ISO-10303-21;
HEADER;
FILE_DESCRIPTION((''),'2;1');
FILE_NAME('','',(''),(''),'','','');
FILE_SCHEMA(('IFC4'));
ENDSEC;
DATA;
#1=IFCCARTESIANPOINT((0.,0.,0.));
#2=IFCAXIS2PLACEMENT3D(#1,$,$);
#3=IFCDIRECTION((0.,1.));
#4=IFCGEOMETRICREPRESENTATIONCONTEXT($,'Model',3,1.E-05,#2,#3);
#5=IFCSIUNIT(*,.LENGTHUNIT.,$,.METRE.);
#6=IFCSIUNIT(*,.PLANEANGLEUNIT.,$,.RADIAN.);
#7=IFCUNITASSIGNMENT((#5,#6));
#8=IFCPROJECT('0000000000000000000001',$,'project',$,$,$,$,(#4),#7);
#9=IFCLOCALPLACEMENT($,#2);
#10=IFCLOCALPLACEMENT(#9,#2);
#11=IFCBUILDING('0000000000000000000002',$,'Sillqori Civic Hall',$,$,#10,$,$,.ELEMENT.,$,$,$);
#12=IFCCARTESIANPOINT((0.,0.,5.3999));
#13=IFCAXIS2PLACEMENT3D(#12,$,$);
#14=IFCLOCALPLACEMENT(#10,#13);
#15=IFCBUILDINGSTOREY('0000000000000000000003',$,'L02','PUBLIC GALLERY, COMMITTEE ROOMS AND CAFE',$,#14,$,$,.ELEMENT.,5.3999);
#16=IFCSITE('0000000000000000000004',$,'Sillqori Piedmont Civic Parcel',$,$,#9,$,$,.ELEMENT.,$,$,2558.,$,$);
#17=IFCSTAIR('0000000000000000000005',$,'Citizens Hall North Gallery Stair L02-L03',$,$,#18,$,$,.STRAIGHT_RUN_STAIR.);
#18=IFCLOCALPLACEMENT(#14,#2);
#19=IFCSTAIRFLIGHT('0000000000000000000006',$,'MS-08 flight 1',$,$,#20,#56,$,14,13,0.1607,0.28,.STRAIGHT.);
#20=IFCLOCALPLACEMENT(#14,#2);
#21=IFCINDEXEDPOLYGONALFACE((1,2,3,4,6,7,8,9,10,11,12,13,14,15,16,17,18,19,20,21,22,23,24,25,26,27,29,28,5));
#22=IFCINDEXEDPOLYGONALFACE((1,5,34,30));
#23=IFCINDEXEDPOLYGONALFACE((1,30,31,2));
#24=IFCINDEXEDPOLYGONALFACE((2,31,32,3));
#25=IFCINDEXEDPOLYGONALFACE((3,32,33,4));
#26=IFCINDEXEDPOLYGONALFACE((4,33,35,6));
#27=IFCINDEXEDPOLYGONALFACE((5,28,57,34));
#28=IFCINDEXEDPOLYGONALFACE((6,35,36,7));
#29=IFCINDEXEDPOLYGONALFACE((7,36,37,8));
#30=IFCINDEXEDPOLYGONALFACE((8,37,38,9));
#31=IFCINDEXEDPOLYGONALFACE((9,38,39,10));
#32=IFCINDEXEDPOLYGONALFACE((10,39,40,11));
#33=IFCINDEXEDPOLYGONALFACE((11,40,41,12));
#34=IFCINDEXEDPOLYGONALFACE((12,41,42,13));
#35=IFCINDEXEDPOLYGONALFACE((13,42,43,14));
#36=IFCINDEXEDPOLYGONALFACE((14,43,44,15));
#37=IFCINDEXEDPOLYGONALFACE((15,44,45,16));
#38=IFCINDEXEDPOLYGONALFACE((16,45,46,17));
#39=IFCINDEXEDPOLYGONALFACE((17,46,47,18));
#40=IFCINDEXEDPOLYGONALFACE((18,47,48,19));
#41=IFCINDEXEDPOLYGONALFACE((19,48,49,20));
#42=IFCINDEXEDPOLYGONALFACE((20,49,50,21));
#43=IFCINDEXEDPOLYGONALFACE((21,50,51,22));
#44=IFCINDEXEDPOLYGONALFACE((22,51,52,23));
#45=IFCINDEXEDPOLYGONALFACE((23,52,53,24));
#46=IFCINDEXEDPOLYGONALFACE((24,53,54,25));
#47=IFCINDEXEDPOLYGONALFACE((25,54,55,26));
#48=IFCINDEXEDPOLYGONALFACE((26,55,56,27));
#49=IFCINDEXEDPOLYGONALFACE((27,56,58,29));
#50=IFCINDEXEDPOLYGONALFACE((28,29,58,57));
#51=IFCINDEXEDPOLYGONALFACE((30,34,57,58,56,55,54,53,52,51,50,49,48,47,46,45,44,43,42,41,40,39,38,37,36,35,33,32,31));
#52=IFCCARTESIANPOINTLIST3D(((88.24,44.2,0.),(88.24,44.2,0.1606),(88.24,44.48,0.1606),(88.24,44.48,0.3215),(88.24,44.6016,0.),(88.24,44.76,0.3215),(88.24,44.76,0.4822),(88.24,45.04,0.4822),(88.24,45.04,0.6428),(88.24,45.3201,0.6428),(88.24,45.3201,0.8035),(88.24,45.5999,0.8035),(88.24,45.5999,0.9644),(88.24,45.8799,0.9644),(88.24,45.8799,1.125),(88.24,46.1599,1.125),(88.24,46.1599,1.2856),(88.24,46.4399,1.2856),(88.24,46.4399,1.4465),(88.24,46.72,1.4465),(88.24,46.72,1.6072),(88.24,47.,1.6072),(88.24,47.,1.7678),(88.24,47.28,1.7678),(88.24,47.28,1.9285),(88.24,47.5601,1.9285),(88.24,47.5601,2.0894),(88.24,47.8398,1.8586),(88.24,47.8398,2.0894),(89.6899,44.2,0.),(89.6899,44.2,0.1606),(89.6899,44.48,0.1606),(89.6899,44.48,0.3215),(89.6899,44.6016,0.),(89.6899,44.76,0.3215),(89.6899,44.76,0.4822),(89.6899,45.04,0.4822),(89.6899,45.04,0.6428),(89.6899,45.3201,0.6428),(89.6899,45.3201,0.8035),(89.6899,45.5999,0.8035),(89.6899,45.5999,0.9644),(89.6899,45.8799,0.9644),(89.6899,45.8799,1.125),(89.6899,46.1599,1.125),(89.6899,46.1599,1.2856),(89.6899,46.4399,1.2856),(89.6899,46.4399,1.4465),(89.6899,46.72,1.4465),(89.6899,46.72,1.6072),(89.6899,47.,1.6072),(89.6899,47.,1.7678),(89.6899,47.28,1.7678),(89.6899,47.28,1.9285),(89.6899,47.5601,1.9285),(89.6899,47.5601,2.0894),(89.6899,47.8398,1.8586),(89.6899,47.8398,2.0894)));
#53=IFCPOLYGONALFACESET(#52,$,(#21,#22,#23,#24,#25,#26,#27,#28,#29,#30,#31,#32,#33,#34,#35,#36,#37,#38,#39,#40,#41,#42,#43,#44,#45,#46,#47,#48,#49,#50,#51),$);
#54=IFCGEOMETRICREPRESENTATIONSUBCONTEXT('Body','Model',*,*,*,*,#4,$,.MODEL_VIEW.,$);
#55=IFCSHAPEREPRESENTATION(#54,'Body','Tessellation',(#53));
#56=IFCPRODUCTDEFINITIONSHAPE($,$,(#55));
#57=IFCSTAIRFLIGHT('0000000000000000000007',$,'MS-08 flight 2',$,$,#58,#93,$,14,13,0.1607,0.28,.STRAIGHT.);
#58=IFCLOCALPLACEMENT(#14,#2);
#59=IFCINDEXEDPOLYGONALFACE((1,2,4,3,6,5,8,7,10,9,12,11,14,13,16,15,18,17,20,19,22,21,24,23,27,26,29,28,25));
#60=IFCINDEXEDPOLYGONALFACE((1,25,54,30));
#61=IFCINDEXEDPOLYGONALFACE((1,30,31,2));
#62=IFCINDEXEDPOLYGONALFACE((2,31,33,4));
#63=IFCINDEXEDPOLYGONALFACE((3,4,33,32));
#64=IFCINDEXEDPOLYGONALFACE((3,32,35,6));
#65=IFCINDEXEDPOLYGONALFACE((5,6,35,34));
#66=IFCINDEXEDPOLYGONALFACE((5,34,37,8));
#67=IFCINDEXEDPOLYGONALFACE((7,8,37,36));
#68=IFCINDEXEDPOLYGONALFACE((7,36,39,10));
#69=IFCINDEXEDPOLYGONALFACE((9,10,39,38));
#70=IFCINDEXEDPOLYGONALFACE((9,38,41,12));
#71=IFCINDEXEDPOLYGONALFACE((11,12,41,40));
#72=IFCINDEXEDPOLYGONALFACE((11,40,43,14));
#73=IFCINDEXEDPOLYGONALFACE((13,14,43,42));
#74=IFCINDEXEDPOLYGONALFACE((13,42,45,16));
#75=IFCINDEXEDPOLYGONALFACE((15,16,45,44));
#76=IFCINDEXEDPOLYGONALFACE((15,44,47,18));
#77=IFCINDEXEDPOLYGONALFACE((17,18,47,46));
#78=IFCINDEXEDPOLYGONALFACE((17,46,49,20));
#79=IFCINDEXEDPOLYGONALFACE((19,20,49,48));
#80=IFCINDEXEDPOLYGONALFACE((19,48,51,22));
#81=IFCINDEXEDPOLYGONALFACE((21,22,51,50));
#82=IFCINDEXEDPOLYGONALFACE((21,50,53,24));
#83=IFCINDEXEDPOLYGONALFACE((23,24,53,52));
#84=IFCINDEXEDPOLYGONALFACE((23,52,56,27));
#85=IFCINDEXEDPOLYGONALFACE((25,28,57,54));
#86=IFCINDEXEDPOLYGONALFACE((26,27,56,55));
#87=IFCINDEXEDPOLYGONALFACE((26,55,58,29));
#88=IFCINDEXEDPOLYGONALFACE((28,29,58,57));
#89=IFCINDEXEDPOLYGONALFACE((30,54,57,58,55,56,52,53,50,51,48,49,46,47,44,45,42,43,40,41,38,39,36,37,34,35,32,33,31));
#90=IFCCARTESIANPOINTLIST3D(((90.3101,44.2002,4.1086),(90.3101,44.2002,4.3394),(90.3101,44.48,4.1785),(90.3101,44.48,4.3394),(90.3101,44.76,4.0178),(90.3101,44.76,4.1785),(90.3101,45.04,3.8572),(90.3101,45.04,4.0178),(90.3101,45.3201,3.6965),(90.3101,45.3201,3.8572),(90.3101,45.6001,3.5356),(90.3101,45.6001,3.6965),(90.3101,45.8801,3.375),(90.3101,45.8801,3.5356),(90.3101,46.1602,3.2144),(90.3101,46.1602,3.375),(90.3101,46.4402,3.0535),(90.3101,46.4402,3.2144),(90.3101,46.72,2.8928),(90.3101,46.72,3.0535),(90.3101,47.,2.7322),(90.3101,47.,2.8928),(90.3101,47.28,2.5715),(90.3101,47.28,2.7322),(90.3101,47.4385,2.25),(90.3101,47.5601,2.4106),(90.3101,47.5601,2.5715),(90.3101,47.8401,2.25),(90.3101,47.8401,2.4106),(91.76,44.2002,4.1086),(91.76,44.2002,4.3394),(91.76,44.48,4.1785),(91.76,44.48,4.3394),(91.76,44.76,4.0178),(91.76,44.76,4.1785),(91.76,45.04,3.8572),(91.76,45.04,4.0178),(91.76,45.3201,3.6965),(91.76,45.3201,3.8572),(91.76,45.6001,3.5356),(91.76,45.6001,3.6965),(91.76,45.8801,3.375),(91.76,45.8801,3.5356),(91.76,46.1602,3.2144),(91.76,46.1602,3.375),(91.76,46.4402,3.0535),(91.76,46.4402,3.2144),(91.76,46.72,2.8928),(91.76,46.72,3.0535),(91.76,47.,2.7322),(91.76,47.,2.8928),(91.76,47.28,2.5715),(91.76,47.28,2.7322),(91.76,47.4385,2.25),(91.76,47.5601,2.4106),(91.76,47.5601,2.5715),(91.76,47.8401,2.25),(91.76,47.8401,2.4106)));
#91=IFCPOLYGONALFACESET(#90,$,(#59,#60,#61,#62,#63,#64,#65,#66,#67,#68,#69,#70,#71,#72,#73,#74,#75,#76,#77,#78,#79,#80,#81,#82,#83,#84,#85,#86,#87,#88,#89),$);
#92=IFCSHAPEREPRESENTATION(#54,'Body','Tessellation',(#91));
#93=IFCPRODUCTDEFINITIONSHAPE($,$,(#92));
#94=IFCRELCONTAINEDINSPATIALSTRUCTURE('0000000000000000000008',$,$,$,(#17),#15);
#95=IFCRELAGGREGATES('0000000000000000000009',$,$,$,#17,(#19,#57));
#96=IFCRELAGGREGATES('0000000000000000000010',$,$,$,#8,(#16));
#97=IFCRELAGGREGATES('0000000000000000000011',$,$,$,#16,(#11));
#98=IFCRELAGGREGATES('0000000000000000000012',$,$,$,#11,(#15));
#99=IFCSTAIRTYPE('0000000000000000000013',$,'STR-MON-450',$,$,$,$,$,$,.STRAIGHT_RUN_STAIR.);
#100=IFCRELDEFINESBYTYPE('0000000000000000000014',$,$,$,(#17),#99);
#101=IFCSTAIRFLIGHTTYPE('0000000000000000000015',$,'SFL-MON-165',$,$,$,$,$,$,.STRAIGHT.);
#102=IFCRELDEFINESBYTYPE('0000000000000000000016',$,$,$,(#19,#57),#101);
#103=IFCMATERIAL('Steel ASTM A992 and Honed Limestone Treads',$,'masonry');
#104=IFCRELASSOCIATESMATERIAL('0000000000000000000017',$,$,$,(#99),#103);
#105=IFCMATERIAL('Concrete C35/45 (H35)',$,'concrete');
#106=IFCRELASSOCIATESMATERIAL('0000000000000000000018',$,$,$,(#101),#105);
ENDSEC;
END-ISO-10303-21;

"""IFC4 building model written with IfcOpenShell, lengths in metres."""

from ifc_helpers import new_model, si_unit, direction, frame, origin, place, context, subcontext, project, spatial, polyline, outline, extrude, material, type_object, element, aggregate, save


model = new_model("IFC4")

# Units and contexts
model_context = context("Model", 3, precision=1e-05, world=origin(), true_north=direction((0.0, 1.0)))
body_context = subcontext(model_context, "Body", "Model", "MODEL_VIEW")
ifc_project = project(units=[si_unit("LENGTHUNIT", "METRE"), si_unit("PLANEANGLEUNIT", "RADIAN")], contexts=[model_context])

# Site, building, storey
site_placement = place(None, origin())
site = spatial("IfcSite", under=ifc_project, at=site_placement, Name="Sillqori Piedmont Civic Parcel", CompositionType="ELEMENT", RefElevation=2558.0)
building_placement = place(site_placement, origin())
building = spatial("IfcBuilding", under=site, at=building_placement, Name="Sillqori Civic Hall", CompositionType="ELEMENT")
storey_placement = place(building_placement, frame((0.0, 0.0, 5.3999)))
storey = spatial("IfcBuildingStorey", under=building, at=storey_placement, Name="L02", Description="PUBLIC GALLERY, COMMITTEE ROOMS AND CAFE", CompositionType="ELEMENT", Elevation=5.3999)

# Stair, stair flights
ifc_material_1 = material(Name="Steel ASTM A992 and Honed Limestone Treads", Category="masonry")
stair_type = type_object("IfcStairType", Name="STR-MON-450", PredefinedType="STRAIGHT_RUN_STAIR", material=ifc_material_1)
stair_placement = place(storey_placement, origin())
stair = element("IfcStair", 1, at=stair_placement, inside=storey, type_object=stair_type, Name="Citizens Hall North Gallery Stair L02-L03", PredefinedType="STRAIGHT_RUN_STAIR")
ifc_material_2 = material(Name="Concrete C35/45 (H35)", Category="concrete")
stair_flight_type = type_object("IfcStairFlightType", Name="SFL-MON-165", PredefinedType="STRAIGHT", material=ifc_material_2)
stair_flight_1_placement = place(storey_placement, frame((88.9651, 44.2, 0.0), z_axis=(0.0, 0.0, 1.0), x_axis=(0.0, 1.0, 0.0)))
stair_flight_1 = element("IfcStairFlight", 2, at=stair_flight_1_placement, type_object=stair_flight_type, Name="MS-08 flight 1", NumberOfRisers=14, NumberOfTreads=13, PredefinedType="STRAIGHT", RiserHeight=0.1607, TreadLength=0.28, context=body_context, shape_type="SweptSolid", body=[
    extrude(outline(polyline([(0.0, 0.0), (0.0, 0.1606), (0.28, 0.1606), (0.28, 0.3215), (0.5601, 0.3215), (0.5601, 0.4822), (0.8401, 0.4822), (0.8401, 0.6428), (1.1201, 0.6428), (1.1201, 0.8035), (1.3999, 0.8035), (1.3999, 0.9644), (1.6799, 0.9644), (1.6799, 1.125), (1.96, 1.125), (1.96, 1.2856), (2.24, 1.2856), (2.24, 1.4465), (2.52, 1.4465), (2.52, 1.6072), (2.8, 1.6072), (2.8, 1.7678), (3.0801, 1.7678), (3.0801, 1.9285), (3.3601, 1.9285), (3.3601, 2.0894), (3.6399, 2.0894), (3.6399, 2.25), (3.6399, 1.8586), (0.4016, 0.0), (0.0, 0.0)])), frame((0.0, 0.7251, 0.0), z_axis=(0.0, -1.0, 0.0), x_axis=(1.0, 0.0, 0.0)), (0.0, 0.0, 1.0), 1.45),
])
stair_flight_2_placement = place(storey_placement, frame((91.0349, 47.8401, 2.25), z_axis=(0.0, 0.0, 1.0), x_axis=(0.0, -1.0, 0.0)))
stair_flight_2 = element("IfcStairFlight", 3, at=stair_flight_2_placement, type_object=stair_flight_type, Name="MS-08 flight 2", NumberOfRisers=14, NumberOfTreads=13, PredefinedType="STRAIGHT", RiserHeight=0.1607, TreadLength=0.28, context=body_context, shape_type="SweptSolid", body=[
    extrude(outline(polyline([(0.0, 0.0), (0.0, 0.1606), (0.28, 0.1606), (0.28, 0.3215), (0.5601, 0.3215), (0.5601, 0.4822), (0.8401, 0.4822), (0.8401, 0.6428), (1.1201, 0.6428), (1.1201, 0.8035), (1.3999, 0.8035), (1.3999, 0.9644), (1.6799, 0.9644), (1.6799, 1.125), (1.96, 1.125), (1.96, 1.2856), (2.24, 1.2856), (2.24, 1.4465), (2.52, 1.4465), (2.52, 1.6072), (2.8, 1.6072), (2.8, 1.7678), (3.0801, 1.7678), (3.0801, 1.9285), (3.3601, 1.9285), (3.3601, 2.0894), (3.6399, 2.0894), (3.6399, 2.25), (3.6399, 1.8586), (0.4016, 0.0), (0.0, 0.0)])), frame((0.0, 0.7251, 0.0), z_axis=(0.0, -1.0, 0.0), x_axis=(1.0, 0.0, 0.0)), (0.0, 0.0, 1.0), 1.45),
])
aggregate(stair, [stair_flight_1, stair_flight_2])

save(model, "model.ifc")
